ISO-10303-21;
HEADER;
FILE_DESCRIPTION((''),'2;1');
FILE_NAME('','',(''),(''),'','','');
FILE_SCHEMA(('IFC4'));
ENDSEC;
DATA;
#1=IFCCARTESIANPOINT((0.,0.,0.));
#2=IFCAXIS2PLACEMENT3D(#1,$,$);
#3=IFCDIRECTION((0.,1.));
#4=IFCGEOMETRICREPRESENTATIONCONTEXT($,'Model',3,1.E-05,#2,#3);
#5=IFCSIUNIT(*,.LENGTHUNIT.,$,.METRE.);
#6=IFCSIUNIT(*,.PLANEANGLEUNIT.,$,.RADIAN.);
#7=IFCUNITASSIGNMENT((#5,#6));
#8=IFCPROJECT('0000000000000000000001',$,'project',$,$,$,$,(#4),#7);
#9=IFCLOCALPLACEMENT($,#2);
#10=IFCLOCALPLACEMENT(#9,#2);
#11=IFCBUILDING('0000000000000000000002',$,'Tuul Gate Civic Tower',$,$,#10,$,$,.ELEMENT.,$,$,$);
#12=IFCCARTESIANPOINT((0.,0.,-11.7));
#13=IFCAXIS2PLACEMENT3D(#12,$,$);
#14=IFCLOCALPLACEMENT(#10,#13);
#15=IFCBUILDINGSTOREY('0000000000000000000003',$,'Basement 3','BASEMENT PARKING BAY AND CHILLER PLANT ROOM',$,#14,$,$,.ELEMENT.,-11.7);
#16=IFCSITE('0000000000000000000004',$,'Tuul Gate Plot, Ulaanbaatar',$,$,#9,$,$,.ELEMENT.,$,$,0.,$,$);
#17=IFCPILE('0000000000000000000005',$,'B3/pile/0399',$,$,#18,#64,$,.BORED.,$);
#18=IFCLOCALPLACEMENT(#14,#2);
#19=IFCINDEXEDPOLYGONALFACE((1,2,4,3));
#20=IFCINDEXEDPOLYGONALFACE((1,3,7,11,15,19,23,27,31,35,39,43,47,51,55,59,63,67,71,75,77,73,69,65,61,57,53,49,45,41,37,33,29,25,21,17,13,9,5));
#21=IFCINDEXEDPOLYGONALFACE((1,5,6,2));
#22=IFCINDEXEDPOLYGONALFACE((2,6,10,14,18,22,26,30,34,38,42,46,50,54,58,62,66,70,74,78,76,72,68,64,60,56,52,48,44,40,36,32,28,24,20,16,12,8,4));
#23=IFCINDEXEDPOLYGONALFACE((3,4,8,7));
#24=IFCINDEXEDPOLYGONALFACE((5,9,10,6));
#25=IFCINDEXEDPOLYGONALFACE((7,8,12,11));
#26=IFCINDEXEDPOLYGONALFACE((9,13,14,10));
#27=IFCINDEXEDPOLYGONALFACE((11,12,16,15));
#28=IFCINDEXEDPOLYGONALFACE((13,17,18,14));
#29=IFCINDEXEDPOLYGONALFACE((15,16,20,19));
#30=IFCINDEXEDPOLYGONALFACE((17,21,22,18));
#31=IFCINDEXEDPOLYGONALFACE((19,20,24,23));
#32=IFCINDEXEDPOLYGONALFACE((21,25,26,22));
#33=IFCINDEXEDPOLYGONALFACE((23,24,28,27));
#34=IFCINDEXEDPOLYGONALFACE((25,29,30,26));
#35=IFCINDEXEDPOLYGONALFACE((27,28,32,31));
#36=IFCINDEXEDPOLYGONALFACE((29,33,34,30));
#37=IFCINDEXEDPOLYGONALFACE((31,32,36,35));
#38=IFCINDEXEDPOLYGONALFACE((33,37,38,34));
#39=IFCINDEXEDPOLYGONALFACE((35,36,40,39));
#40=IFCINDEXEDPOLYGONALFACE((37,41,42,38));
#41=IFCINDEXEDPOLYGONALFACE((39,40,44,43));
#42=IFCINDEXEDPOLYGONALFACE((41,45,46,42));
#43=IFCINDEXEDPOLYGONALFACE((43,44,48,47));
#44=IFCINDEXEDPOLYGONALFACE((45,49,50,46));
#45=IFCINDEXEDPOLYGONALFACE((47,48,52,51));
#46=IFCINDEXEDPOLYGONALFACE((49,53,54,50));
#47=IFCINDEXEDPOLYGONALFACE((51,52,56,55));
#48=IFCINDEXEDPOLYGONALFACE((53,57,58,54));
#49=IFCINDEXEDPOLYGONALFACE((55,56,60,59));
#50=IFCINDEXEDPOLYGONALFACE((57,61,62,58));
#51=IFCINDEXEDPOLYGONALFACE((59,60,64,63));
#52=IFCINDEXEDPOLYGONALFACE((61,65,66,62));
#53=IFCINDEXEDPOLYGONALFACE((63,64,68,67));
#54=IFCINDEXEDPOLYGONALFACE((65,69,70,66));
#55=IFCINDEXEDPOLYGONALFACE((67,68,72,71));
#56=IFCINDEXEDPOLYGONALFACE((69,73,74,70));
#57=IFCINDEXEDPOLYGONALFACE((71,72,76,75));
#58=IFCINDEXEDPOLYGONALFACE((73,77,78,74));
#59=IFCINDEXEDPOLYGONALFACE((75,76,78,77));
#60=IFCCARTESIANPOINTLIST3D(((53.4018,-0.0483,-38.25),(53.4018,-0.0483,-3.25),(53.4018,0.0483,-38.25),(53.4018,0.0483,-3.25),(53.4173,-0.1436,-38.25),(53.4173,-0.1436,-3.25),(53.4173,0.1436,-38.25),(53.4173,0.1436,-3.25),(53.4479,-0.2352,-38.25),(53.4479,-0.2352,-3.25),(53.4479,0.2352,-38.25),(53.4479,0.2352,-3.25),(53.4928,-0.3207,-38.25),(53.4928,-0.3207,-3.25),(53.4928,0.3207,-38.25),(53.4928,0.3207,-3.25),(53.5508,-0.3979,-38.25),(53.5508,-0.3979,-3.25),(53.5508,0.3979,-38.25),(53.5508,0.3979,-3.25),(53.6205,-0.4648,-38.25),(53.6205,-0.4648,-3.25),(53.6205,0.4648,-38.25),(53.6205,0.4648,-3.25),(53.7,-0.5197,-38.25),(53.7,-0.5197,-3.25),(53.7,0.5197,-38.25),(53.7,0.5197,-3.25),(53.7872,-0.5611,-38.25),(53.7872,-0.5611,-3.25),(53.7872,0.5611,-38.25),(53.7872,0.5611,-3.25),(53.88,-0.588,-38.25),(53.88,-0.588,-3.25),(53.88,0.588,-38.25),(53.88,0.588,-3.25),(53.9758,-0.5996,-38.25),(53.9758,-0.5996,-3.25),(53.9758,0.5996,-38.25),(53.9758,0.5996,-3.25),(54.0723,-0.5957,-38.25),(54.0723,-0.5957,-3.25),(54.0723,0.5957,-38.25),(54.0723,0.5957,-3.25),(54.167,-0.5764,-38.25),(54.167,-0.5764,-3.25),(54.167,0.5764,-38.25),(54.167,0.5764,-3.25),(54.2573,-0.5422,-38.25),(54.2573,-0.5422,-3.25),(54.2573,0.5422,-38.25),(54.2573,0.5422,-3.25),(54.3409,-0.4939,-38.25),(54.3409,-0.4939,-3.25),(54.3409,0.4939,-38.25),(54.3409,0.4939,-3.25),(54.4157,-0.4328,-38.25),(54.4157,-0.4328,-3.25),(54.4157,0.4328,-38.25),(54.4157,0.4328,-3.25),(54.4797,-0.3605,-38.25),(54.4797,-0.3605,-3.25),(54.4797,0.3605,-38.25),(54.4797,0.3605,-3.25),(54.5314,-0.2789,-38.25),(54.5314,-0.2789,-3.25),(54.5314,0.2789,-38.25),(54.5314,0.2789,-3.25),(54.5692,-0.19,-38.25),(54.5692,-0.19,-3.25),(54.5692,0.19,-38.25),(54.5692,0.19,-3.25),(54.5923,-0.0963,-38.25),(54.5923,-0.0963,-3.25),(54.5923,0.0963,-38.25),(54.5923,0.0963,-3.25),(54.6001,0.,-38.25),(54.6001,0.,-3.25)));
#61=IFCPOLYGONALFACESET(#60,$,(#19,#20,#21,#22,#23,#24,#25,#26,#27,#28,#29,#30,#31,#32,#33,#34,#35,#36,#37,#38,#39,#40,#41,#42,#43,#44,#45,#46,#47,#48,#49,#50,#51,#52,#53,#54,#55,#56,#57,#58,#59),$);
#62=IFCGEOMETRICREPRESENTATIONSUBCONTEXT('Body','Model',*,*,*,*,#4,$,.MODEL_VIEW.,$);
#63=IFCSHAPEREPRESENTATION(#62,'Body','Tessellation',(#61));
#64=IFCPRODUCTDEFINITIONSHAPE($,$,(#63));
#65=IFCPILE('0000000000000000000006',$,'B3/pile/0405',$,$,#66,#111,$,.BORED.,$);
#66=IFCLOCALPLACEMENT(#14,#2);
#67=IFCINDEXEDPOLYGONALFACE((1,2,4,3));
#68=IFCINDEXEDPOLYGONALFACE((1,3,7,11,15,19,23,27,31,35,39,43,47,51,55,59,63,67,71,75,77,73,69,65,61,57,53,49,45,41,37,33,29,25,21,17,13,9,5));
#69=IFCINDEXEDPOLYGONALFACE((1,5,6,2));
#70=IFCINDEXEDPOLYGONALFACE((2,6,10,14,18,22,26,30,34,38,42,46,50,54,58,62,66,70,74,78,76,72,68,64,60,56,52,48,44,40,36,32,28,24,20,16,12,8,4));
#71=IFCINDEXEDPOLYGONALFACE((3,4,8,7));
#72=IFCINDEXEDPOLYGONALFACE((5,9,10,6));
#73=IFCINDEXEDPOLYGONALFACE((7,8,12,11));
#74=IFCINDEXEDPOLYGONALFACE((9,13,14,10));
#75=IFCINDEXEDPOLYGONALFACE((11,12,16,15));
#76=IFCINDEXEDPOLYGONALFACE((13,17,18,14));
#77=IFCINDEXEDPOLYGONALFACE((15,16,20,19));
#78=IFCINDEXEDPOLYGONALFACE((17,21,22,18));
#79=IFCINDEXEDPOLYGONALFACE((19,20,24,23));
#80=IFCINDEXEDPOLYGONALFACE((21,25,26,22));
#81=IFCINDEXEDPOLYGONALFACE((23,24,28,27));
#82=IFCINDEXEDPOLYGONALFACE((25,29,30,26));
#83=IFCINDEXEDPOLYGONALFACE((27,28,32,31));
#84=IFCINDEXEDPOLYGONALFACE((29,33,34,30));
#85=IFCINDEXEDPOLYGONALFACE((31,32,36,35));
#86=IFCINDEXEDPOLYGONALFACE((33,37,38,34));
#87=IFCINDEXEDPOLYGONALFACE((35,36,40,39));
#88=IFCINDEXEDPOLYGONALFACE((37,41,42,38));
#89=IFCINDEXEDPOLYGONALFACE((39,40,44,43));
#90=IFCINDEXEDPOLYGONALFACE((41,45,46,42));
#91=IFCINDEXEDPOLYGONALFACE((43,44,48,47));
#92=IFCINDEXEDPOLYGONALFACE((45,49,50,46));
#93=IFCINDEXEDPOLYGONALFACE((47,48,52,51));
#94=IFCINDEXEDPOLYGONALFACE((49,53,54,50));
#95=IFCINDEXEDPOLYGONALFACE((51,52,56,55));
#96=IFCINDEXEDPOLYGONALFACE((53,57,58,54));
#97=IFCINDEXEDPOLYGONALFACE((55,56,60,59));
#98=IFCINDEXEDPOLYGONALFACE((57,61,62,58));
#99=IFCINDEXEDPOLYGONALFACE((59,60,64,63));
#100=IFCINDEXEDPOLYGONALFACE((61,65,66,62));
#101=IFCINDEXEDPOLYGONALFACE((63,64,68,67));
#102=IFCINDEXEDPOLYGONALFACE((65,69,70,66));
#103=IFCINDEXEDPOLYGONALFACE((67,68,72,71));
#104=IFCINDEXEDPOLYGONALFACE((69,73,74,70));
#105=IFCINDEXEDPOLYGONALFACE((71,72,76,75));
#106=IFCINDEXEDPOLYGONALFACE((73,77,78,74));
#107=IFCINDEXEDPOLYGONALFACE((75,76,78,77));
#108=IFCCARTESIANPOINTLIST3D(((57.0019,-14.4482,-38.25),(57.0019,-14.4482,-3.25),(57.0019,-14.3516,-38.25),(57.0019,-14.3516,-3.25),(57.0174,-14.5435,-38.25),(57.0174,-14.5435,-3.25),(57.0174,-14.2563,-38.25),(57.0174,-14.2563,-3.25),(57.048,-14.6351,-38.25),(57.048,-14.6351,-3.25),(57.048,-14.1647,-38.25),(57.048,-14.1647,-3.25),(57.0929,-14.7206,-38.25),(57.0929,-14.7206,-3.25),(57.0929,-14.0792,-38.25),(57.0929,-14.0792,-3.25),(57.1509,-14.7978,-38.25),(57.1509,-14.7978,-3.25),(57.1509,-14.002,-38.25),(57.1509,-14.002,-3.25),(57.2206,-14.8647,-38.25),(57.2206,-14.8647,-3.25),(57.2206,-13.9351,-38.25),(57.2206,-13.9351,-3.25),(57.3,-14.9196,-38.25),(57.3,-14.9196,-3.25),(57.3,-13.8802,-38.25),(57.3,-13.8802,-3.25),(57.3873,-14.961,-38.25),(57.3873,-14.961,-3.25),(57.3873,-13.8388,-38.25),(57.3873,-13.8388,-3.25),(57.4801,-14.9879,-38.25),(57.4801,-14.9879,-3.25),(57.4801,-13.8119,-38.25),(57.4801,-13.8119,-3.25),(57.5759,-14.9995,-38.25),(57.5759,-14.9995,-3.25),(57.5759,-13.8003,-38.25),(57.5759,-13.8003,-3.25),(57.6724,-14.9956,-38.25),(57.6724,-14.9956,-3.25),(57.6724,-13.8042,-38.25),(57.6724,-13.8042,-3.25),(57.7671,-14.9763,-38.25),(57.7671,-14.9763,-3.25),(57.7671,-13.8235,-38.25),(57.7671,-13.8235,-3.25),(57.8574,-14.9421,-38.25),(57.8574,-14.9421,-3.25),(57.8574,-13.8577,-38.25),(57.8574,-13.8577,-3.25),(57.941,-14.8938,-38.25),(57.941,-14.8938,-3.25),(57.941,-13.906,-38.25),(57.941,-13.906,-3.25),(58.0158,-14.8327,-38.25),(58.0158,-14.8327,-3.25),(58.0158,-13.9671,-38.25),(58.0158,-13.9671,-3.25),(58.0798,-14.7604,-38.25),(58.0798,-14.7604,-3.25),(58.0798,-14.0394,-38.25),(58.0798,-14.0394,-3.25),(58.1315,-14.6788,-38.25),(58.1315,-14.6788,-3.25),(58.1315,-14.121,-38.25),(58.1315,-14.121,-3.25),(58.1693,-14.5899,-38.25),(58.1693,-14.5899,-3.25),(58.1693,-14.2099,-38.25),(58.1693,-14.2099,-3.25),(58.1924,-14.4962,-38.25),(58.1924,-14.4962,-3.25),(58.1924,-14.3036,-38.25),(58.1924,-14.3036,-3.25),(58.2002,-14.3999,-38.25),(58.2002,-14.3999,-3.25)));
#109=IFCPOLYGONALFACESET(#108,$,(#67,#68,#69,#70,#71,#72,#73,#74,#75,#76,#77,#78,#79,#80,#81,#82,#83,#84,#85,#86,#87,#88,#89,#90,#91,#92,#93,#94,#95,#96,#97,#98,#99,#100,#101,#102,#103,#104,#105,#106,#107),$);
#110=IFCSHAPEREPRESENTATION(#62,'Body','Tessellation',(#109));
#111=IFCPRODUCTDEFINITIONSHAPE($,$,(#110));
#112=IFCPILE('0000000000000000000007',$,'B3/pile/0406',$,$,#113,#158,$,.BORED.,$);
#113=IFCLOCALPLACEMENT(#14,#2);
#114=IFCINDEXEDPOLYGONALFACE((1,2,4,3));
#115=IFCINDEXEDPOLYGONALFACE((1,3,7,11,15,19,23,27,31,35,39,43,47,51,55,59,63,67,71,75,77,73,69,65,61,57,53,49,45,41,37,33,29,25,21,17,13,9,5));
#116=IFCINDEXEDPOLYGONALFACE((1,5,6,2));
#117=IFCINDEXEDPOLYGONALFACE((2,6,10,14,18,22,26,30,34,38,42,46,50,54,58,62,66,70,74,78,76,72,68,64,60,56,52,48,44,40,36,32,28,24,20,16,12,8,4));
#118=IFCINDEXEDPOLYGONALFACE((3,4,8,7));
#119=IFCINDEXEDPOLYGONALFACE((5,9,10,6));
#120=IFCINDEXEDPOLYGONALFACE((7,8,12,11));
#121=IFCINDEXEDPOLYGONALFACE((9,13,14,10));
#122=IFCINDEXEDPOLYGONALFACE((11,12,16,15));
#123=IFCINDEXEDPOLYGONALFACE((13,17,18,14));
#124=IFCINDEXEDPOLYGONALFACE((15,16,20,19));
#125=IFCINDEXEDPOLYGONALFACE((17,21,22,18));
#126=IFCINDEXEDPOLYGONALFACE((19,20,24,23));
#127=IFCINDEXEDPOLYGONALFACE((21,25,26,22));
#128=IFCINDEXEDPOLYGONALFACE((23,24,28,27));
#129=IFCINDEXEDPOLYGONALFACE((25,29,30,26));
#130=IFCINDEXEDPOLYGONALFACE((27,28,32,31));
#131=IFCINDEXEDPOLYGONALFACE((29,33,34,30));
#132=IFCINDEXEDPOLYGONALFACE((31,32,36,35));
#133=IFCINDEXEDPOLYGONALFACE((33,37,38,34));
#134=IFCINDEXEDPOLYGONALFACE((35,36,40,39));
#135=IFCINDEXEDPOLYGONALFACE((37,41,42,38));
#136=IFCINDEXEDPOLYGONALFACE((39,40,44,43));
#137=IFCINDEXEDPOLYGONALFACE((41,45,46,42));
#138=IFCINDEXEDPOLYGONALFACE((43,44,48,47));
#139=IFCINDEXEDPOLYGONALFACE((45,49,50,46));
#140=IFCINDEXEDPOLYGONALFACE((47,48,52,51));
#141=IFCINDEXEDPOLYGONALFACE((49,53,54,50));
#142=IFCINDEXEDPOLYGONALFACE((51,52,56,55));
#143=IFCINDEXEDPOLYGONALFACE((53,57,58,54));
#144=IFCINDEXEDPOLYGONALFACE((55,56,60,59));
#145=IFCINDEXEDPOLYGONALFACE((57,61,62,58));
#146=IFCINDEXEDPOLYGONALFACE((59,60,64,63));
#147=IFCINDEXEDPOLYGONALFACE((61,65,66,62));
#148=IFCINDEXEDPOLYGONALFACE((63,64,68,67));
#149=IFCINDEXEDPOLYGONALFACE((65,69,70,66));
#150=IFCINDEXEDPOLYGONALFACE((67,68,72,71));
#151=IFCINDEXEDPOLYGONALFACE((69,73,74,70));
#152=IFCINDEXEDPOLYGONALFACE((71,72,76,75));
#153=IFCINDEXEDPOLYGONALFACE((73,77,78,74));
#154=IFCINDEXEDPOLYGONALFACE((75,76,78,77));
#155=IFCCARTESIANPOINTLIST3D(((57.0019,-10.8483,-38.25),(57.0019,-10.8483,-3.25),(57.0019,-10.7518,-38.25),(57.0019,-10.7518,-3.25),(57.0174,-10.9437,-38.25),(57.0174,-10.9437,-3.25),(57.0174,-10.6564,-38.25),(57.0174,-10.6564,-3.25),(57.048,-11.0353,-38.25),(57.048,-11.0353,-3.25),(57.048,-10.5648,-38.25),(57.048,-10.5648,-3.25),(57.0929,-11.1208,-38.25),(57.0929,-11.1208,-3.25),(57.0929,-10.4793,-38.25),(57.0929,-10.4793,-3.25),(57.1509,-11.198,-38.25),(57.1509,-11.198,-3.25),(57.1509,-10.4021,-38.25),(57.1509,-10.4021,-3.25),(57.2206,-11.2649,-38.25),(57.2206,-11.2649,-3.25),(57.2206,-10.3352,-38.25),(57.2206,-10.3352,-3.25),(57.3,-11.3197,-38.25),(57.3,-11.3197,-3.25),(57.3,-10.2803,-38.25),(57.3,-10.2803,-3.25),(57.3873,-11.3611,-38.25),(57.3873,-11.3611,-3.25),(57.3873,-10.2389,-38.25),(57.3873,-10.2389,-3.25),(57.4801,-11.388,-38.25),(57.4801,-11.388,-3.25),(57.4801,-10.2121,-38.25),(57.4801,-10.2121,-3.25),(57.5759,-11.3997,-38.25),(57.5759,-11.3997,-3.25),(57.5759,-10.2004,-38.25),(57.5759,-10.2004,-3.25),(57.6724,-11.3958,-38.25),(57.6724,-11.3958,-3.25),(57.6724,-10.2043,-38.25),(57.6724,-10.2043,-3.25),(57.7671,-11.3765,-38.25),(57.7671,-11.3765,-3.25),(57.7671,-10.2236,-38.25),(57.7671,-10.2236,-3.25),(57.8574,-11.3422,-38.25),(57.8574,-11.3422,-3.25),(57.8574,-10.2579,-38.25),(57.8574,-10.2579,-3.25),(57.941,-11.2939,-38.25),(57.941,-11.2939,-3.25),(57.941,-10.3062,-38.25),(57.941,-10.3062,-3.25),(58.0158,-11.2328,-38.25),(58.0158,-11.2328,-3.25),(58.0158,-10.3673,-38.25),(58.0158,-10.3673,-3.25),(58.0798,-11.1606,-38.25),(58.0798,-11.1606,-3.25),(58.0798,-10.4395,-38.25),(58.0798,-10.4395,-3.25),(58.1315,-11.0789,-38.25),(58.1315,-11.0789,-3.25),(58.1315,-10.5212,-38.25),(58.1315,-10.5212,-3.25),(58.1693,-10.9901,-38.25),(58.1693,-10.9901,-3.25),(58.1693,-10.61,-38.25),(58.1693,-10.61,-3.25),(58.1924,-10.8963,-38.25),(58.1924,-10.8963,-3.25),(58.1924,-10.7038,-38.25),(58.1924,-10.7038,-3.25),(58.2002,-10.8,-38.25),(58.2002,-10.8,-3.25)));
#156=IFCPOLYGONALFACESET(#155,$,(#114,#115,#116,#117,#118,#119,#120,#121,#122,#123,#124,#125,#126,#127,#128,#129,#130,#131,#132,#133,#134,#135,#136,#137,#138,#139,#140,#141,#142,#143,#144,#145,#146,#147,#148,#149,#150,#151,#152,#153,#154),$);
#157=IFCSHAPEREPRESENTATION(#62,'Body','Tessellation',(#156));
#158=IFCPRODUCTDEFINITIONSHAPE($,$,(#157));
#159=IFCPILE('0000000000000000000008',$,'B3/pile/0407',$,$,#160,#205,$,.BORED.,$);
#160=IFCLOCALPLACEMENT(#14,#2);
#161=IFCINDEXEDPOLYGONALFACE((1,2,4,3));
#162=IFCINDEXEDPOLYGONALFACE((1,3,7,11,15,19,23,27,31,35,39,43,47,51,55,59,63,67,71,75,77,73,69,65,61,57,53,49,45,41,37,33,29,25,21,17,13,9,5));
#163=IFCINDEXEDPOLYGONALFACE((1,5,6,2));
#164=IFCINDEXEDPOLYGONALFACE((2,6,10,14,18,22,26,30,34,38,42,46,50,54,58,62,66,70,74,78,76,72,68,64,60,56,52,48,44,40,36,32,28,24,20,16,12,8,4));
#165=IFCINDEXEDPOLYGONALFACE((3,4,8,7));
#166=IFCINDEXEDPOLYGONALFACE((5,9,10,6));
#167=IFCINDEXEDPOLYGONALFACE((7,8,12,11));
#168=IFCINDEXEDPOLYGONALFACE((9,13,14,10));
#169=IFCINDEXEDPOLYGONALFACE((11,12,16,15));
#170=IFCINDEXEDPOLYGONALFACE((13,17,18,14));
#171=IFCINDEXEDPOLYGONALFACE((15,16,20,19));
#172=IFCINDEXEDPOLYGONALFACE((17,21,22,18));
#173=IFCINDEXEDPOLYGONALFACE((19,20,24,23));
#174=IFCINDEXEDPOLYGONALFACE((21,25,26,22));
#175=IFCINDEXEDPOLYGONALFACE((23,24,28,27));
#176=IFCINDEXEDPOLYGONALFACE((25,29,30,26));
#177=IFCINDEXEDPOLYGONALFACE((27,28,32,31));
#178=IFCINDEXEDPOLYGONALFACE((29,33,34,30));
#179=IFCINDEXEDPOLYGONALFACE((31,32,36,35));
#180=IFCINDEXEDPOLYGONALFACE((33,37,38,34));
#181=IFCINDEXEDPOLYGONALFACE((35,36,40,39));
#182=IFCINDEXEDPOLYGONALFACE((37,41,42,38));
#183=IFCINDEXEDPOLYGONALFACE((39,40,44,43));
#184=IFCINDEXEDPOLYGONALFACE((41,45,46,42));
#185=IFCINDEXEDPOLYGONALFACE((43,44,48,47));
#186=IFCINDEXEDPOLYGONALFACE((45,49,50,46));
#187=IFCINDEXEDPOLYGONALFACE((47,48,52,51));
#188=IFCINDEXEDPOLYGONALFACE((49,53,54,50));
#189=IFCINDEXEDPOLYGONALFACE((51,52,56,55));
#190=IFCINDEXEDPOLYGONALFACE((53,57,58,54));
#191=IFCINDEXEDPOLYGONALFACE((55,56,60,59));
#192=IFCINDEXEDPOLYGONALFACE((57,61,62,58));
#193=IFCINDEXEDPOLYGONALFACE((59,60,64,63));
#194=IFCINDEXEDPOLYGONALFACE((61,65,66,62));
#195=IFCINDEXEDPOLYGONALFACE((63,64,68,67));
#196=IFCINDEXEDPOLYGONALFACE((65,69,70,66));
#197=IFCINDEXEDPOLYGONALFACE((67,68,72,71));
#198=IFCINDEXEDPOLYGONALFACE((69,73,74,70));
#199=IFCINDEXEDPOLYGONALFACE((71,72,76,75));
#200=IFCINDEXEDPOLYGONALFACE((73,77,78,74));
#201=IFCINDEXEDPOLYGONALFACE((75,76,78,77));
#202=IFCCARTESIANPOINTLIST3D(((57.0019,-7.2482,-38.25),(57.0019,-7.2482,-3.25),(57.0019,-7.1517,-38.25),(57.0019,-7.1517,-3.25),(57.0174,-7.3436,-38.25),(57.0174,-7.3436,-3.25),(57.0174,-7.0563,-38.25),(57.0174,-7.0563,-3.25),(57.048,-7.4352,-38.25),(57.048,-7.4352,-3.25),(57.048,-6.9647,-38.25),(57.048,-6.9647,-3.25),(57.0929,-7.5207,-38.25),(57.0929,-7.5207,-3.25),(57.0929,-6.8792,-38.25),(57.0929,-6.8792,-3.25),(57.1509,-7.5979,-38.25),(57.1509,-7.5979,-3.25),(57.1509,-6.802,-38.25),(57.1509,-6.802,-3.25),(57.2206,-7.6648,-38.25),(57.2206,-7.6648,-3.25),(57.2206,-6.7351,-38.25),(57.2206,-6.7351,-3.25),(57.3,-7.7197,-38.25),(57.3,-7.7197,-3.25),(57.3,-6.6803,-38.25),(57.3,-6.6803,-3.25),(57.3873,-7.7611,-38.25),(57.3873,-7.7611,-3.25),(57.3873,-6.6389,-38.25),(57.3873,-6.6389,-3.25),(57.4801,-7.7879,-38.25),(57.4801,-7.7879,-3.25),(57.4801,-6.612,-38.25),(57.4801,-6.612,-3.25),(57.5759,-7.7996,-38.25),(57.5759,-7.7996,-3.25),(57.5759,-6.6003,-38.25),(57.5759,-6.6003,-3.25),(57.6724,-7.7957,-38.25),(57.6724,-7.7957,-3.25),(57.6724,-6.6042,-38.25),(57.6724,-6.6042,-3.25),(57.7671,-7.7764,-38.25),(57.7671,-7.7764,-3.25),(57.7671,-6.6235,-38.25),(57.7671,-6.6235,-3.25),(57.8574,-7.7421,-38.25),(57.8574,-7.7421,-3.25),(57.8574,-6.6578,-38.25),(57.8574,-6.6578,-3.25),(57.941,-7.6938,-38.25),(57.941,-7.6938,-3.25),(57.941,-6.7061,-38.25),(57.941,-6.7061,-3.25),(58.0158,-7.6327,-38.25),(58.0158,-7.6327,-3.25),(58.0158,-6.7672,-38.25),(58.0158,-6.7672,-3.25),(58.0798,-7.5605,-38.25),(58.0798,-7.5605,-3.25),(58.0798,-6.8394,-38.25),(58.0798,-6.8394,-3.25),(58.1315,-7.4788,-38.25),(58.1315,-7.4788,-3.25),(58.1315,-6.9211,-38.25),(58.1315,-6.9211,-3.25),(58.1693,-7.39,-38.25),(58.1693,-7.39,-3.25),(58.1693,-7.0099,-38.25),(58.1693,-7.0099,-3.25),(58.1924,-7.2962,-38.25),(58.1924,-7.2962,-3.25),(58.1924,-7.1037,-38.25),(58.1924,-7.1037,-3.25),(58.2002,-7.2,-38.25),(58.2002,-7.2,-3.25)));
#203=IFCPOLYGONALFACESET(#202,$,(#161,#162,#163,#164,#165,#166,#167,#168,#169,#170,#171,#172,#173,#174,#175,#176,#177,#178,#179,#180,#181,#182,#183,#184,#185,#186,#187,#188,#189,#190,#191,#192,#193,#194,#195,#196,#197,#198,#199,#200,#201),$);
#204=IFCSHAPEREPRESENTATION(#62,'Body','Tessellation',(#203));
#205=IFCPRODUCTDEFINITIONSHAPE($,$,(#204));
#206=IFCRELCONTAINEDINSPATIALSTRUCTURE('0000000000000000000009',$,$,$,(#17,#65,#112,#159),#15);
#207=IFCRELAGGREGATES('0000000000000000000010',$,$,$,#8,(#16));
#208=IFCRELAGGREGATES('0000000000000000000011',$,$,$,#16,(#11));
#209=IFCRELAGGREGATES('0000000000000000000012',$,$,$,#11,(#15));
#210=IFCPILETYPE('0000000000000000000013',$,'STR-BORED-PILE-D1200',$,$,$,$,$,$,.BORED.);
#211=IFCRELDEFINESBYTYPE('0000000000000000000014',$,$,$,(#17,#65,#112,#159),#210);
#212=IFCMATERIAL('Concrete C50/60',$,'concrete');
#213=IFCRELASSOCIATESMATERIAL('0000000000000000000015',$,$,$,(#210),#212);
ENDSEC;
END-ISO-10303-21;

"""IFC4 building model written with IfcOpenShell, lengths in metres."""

from ifc_helpers import new_model, si_unit, direction, frame, origin, origin_2d, place, context, subcontext, project, spatial, circle, extrude, material, material_profile, profile_set, type_object, element, save


model = new_model("IFC4")

# Units and contexts
model_context = context("Model", 3, precision=1e-05, world=origin(), true_north=direction((0.0, 1.0)))
body_context = subcontext(model_context, "Body", "Model", "MODEL_VIEW")
ifc_project = project(units=[si_unit("LENGTHUNIT", "METRE"), si_unit("PLANEANGLEUNIT", "RADIAN")], contexts=[model_context])

# Site, building, storey
site_placement = place(None, origin())
site = spatial("IfcSite", under=ifc_project, at=site_placement, Name="Tuul Gate Plot, Ulaanbaatar", CompositionType="ELEMENT", RefElevation=0.0)
building_placement = place(site_placement, origin())
building = spatial("IfcBuilding", under=site, at=building_placement, Name="Tuul Gate Civic Tower", CompositionType="ELEMENT")
storey_placement = place(building_placement, frame((0.0, 0.0, -11.7)))
storey = spatial("IfcBuildingStorey", under=building, at=storey_placement, Name="Basement 3", Description="BASEMENT PARKING BAY AND CHILLER PLANT ROOM", CompositionType="ELEMENT", Elevation=-11.7)

# Piles
ifc_material_1 = material(Name="Concrete C50/60", Category="concrete")
ifc_material_profile_1 = material_profile(ifc_material_1, circle(Radius=0.6001, at=origin_2d()), Name="PILE1200")
ifc_profile_set_1 = profile_set([ifc_material_profile_1], Name="Concrete C50/60")
pile_type = type_object("IfcPileType", Name="STR-BORED-PILE-D1200", PredefinedType="BORED", material=ifc_profile_set_1)
for number, where, z_axis, x_axis, name in (
    (1, (54.0, 0.0, -3.25), (0.0, 0.0, -1.0), (1.0, 0.0, 0.0), "B3/pile/0399"),
    (2, (57.6001, -14.3999, -3.25), (0.0, 0.0, -1.0), (1.0, 0.0, 0.0), "B3/pile/0405"),
    (3, (57.6001, -10.8, -3.25), (0.0, 0.0, -1.0), (1.0, 0.0, 0.0), "B3/pile/0406"),
    (4, (57.6001, -7.2, -3.25), (0.0, 0.0, -1.0), (1.0, 0.0, 0.0), "B3/pile/0407"),
):
    element("IfcPile", number, at=place(storey_placement, frame(where, z_axis=z_axis, x_axis=x_axis)), inside=storey, type_object=pile_type, Name=name, PredefinedType="BORED", context=body_context, shape_type="SweptSolid", body=[
        extrude(circle(Radius=0.6001, at=origin_2d()), origin(), (0.0, 0.0, 1.0), 35.0),
    ])

save(model, "model.ifc")
